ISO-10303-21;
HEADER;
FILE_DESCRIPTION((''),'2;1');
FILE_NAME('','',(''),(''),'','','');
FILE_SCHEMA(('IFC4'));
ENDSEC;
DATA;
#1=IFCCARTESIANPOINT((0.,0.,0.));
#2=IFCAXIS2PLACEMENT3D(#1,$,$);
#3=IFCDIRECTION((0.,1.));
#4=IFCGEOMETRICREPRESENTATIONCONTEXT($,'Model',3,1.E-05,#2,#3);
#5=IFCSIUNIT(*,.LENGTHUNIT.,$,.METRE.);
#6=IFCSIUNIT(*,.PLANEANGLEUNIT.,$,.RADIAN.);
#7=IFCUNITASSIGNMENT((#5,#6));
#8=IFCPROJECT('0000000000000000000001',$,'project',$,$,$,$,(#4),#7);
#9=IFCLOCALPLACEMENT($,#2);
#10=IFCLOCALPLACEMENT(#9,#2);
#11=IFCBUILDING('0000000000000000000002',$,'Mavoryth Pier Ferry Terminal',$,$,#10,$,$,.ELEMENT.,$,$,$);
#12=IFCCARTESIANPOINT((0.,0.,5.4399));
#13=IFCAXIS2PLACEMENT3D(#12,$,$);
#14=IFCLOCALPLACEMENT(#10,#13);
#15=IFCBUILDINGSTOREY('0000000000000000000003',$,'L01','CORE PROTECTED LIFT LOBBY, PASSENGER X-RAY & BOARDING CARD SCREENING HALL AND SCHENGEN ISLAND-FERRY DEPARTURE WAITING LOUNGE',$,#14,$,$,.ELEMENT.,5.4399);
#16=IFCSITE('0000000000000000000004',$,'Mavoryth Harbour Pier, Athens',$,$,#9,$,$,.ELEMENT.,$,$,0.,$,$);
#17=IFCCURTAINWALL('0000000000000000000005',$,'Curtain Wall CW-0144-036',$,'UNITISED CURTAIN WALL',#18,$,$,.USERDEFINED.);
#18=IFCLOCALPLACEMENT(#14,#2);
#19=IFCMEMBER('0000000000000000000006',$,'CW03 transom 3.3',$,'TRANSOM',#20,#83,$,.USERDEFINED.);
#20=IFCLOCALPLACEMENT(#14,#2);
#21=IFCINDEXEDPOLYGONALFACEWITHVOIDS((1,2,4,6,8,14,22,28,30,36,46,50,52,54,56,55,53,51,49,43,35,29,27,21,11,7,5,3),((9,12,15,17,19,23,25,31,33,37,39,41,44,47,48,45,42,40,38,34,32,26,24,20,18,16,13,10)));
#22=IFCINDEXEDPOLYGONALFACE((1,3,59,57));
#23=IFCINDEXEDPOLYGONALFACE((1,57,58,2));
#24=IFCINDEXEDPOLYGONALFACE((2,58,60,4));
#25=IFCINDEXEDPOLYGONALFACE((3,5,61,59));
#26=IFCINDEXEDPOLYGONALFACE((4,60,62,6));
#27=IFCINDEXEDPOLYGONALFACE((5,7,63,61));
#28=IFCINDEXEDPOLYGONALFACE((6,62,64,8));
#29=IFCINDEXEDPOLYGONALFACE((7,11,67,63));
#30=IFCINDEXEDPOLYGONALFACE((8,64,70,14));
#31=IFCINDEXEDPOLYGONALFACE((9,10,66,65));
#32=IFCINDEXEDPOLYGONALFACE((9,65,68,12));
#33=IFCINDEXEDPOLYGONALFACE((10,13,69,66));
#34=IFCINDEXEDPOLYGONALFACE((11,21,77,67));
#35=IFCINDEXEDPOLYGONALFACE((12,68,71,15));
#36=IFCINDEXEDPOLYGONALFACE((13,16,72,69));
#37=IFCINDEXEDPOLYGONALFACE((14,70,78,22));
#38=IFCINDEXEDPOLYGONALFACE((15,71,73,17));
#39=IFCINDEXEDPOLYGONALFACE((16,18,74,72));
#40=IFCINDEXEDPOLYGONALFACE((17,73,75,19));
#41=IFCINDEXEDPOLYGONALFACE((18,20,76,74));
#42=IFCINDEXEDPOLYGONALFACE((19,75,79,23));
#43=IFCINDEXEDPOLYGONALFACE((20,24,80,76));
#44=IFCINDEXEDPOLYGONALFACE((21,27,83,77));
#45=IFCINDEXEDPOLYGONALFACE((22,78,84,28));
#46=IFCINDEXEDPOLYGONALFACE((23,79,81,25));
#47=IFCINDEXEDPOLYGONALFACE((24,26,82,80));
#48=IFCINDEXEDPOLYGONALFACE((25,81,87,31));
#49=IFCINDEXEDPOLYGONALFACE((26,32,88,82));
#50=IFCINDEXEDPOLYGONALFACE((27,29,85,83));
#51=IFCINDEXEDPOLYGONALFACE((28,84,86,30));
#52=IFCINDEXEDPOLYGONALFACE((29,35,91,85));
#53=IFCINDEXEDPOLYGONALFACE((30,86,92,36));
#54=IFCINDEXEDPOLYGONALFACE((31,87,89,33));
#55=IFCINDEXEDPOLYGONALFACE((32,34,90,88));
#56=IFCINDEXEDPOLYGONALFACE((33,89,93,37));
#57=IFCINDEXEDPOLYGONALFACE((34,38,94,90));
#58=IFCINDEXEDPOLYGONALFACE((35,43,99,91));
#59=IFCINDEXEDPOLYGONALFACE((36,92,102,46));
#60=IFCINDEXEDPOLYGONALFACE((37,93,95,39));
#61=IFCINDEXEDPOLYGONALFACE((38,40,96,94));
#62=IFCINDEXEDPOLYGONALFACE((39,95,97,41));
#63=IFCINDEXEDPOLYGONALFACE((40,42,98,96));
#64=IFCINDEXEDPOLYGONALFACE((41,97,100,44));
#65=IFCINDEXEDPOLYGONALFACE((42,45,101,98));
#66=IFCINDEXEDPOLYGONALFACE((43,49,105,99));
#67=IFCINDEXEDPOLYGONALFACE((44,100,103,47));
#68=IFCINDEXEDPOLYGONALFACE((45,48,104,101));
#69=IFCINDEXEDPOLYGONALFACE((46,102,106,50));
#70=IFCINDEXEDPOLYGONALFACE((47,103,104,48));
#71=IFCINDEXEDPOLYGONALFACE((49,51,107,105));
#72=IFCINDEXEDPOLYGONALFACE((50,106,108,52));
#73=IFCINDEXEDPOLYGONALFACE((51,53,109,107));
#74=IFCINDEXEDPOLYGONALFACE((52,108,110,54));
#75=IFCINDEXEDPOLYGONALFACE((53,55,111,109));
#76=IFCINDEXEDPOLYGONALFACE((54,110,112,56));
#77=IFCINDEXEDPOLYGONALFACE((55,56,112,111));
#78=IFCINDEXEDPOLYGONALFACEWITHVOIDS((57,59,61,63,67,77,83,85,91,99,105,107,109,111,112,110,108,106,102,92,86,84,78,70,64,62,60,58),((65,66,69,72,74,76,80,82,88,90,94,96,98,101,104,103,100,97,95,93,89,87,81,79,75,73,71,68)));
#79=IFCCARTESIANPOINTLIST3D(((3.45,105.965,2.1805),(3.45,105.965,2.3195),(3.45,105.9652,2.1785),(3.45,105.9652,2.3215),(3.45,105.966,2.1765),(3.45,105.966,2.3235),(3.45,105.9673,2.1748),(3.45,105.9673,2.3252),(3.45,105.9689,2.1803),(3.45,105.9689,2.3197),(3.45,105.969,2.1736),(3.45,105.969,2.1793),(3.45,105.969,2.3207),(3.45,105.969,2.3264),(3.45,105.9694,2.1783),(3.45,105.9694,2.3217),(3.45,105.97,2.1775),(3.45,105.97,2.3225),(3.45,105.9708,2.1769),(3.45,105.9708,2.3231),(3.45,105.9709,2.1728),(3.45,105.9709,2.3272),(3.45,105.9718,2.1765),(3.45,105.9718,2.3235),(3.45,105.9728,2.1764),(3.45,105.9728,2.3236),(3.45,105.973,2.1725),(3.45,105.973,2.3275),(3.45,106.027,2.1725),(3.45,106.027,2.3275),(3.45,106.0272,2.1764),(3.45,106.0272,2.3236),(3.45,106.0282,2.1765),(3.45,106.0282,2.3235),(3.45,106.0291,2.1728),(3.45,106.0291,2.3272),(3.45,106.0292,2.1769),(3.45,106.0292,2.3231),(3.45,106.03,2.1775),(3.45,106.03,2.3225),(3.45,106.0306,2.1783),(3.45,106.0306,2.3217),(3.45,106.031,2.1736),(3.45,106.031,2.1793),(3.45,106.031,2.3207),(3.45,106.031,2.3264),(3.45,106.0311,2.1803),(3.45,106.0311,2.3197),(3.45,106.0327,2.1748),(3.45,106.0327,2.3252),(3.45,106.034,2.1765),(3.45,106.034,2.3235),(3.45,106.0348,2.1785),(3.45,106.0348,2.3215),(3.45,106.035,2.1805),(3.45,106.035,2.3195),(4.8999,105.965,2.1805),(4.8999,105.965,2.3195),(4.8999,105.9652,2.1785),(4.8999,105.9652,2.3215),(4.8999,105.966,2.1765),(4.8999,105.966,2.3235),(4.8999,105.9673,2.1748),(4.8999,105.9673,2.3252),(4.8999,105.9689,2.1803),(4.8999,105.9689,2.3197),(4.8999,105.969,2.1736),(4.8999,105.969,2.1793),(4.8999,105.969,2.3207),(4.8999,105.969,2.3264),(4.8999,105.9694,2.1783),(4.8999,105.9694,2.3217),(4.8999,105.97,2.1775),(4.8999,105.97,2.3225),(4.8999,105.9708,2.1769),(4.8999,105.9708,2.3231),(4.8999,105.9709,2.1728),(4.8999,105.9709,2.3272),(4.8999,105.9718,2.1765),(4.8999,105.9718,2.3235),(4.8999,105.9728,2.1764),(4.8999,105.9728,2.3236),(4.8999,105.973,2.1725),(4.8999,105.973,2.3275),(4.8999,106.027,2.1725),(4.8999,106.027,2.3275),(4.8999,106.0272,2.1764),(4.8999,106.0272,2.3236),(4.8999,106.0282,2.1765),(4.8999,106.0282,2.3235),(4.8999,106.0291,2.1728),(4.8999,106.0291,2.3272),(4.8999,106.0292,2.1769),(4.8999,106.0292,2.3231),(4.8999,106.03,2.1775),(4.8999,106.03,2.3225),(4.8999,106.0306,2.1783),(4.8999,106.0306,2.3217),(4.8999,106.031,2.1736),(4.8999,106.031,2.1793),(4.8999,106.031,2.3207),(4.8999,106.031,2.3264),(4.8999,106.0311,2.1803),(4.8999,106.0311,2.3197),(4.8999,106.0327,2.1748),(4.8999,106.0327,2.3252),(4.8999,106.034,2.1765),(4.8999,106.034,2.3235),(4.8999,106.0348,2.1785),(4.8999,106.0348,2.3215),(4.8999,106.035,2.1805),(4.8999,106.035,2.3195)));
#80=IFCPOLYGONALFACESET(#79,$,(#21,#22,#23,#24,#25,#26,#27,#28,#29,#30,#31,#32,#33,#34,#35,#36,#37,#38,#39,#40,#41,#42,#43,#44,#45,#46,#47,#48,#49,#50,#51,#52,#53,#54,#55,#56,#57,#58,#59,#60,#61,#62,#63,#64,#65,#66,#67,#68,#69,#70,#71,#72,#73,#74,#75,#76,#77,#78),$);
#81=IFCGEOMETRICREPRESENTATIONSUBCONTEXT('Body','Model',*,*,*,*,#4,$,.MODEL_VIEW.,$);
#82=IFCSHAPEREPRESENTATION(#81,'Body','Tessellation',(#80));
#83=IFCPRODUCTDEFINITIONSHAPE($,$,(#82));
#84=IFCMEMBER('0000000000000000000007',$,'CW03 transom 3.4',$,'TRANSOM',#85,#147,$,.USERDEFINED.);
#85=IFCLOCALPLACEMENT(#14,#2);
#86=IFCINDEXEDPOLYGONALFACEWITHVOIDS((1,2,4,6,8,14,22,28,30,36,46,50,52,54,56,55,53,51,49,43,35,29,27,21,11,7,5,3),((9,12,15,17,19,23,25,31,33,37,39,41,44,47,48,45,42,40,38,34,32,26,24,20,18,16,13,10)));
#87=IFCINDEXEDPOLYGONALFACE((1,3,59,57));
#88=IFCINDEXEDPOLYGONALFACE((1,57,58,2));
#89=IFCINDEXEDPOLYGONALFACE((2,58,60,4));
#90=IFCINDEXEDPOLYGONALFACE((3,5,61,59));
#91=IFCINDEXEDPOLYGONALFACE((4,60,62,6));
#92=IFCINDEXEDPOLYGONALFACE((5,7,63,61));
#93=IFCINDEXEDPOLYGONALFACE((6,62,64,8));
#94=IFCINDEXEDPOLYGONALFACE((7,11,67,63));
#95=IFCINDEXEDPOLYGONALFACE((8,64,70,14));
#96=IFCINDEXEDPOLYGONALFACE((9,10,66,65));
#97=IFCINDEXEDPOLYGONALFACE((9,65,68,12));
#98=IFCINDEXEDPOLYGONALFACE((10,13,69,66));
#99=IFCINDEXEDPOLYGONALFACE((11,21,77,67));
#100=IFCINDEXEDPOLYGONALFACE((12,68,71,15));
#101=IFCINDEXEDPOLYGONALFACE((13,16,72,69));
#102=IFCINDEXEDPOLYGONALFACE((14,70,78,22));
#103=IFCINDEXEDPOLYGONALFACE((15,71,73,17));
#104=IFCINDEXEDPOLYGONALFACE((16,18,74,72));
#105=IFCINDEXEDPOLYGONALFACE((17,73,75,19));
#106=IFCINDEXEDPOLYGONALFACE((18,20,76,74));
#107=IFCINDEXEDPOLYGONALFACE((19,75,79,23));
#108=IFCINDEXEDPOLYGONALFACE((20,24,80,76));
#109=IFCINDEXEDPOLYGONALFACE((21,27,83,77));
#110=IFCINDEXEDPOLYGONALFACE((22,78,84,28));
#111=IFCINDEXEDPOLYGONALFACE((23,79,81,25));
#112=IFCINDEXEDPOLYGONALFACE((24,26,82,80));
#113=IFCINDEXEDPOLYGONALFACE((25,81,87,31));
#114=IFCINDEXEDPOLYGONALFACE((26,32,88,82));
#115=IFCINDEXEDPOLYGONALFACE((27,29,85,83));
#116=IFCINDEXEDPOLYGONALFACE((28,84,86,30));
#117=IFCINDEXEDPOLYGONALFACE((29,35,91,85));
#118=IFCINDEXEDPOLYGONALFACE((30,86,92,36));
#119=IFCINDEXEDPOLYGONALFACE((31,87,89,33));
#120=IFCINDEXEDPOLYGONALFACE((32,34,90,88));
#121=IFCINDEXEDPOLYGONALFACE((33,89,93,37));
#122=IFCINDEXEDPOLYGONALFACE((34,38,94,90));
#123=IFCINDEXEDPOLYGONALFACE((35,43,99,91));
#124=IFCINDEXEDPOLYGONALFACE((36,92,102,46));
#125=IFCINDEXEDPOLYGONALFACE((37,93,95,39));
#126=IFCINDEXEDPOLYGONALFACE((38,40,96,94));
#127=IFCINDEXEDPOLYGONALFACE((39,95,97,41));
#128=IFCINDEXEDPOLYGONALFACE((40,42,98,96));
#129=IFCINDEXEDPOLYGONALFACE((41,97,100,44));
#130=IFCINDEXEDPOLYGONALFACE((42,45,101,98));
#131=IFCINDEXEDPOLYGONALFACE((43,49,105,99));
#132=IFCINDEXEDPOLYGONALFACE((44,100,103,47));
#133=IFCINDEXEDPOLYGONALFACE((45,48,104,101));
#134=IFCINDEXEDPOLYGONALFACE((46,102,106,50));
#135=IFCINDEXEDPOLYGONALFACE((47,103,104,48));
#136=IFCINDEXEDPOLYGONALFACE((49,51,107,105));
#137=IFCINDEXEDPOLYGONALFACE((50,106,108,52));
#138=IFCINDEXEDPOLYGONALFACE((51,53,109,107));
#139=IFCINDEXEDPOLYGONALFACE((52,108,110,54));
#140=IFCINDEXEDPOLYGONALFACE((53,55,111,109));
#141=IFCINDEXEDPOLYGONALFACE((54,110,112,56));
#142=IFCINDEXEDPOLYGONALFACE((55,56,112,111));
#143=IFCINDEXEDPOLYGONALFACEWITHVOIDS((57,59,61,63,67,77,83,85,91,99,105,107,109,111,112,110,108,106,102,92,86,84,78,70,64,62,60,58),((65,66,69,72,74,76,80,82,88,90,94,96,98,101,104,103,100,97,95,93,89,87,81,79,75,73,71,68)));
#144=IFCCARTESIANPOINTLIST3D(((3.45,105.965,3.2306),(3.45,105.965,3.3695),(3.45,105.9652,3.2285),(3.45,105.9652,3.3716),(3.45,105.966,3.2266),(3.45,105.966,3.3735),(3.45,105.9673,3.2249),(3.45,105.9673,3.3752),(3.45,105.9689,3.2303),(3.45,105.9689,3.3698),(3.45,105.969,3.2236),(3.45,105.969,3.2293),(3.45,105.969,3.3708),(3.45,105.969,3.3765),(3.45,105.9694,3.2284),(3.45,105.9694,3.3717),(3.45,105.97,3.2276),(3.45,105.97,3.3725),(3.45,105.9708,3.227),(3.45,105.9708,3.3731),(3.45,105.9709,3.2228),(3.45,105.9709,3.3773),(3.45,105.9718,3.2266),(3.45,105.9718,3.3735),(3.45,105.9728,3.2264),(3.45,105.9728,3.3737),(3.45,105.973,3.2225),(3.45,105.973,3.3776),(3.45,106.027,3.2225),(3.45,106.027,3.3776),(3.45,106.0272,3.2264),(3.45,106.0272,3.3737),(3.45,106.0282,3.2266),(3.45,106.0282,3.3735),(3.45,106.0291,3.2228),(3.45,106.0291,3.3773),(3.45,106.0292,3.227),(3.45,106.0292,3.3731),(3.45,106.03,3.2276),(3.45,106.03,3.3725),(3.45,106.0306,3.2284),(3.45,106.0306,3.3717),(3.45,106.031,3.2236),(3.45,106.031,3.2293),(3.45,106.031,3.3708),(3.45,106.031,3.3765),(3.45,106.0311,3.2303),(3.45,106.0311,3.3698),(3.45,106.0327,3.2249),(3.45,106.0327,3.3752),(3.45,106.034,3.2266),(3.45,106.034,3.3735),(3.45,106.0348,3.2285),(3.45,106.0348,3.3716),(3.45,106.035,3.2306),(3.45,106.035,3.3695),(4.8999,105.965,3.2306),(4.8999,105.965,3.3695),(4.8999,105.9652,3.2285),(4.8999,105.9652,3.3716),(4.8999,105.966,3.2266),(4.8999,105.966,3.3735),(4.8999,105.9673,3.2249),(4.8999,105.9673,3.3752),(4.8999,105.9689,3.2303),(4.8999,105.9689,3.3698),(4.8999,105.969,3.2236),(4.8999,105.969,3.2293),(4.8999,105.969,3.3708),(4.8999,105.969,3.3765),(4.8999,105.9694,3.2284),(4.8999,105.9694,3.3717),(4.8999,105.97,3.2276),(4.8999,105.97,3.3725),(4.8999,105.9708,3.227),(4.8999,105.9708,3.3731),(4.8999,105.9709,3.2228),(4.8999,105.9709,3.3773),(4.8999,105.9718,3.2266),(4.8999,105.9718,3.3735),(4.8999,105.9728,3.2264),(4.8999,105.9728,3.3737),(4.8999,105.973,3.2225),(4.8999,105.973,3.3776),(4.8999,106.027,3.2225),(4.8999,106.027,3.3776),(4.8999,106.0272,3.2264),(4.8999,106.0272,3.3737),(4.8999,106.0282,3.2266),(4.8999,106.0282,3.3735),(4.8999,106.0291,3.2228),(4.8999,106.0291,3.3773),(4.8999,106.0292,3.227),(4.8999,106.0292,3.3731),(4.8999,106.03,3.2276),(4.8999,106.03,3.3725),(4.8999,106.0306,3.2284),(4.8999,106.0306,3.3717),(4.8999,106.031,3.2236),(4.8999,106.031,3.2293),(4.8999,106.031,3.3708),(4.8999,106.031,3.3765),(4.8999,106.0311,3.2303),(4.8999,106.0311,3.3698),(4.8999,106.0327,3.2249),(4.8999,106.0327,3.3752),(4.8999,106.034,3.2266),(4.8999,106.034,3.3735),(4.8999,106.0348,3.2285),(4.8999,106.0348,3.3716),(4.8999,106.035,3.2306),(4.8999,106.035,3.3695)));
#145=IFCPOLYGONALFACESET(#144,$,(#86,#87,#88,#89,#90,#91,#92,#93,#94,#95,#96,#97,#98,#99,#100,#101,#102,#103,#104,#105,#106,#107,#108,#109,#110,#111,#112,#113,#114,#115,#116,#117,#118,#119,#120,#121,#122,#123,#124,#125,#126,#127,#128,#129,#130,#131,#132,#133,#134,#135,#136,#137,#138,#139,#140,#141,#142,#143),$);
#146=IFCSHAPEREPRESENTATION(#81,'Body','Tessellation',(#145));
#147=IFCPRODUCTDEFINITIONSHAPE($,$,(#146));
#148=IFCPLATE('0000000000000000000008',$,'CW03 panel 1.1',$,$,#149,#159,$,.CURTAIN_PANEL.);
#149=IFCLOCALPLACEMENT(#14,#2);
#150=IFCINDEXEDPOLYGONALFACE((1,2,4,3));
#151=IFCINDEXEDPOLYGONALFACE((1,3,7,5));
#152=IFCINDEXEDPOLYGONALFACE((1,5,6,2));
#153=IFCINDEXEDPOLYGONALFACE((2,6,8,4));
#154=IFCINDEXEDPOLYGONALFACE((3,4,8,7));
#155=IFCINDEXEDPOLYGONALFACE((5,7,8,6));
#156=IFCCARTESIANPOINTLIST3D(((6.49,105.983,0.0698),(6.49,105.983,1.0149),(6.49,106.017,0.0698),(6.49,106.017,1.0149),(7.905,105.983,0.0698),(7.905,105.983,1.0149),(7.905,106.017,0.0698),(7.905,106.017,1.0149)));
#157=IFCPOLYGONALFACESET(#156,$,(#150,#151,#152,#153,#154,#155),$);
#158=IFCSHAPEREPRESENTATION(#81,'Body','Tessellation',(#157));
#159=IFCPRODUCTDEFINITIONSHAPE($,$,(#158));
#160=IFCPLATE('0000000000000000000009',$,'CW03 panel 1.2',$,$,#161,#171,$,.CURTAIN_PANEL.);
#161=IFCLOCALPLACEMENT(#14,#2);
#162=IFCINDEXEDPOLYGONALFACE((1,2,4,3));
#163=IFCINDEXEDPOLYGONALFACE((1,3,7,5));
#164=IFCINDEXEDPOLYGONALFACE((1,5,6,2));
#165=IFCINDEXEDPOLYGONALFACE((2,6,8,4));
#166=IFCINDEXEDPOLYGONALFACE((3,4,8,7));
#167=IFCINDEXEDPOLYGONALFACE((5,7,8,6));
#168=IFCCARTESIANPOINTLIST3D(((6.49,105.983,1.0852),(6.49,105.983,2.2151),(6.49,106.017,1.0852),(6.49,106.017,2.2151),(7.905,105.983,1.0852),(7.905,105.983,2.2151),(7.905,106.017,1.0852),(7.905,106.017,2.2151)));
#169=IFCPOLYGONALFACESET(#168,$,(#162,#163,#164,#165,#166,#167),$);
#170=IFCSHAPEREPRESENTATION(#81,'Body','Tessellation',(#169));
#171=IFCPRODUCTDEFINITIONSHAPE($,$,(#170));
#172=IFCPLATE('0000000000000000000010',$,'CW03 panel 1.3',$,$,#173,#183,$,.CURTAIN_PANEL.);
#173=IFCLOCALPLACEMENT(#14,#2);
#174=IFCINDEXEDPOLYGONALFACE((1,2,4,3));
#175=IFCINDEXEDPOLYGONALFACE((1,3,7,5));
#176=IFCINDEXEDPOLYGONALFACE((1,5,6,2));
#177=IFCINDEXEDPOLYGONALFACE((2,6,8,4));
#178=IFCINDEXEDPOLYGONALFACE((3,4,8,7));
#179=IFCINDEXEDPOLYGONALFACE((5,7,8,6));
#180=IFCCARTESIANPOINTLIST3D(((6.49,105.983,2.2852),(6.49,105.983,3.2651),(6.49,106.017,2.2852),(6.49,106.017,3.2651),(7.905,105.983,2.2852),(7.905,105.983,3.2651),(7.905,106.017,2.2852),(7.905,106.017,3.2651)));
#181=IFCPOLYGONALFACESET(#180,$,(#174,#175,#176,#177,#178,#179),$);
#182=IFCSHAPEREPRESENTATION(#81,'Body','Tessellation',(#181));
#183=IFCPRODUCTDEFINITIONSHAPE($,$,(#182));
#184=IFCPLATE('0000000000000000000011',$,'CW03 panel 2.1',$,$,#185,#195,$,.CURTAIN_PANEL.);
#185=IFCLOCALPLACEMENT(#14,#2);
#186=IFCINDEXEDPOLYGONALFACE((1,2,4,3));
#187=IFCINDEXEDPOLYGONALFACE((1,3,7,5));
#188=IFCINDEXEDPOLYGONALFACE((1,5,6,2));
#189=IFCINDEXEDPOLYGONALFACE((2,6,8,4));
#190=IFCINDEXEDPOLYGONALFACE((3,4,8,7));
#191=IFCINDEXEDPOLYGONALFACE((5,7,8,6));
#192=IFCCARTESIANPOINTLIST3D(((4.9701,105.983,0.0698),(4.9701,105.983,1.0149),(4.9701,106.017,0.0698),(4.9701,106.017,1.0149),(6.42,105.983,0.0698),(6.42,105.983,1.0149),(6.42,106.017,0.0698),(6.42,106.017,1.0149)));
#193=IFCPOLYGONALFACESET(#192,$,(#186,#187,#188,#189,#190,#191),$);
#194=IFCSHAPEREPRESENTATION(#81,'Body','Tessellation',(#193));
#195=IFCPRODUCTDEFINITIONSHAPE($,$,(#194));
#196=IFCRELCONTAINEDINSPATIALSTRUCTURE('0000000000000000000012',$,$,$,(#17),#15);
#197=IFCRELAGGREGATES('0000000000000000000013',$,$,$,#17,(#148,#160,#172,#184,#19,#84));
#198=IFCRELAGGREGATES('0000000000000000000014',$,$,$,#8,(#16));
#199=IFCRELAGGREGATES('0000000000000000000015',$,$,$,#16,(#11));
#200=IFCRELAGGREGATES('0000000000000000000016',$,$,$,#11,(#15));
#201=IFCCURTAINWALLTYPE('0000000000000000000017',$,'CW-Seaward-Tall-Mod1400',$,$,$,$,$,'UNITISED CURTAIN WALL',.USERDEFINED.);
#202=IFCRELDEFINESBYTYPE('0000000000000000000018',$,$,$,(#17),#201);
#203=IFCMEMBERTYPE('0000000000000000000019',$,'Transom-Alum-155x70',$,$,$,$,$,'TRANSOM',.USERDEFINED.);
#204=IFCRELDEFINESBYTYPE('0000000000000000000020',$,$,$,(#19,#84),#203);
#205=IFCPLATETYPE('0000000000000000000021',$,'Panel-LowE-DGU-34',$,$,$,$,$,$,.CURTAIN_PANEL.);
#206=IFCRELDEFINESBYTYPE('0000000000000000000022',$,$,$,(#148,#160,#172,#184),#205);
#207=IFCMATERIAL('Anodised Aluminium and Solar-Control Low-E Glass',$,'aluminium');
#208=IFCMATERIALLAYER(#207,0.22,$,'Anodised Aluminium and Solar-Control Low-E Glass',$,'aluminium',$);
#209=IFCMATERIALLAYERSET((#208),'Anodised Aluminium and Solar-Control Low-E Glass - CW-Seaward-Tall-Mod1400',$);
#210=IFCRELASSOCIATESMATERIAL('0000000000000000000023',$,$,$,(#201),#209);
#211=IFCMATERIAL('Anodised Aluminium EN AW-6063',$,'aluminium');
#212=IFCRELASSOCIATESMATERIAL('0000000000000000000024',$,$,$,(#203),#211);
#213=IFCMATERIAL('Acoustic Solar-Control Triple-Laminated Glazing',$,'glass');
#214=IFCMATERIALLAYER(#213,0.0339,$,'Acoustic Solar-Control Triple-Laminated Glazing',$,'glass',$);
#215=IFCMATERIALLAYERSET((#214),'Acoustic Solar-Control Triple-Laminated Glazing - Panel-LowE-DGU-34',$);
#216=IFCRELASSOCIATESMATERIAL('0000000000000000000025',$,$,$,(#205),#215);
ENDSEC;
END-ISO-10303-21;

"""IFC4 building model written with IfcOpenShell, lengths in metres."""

from ifc_helpers import new_model, si_unit, direction, frame, origin, origin_2d, place, context, subcontext, project, spatial, rectangle, hollow_rectangle, extrude, material, layer, layer_set, material_profile, profile_set, type_object, element, aggregate, save


model = new_model("IFC4")

# Units and contexts
model_context = context("Model", 3, precision=1e-05, world=origin(), true_north=direction((0.0, 1.0)))
body_context = subcontext(model_context, "Body", "Model", "MODEL_VIEW")
ifc_project = project(units=[si_unit("LENGTHUNIT", "METRE"), si_unit("PLANEANGLEUNIT", "RADIAN")], contexts=[model_context])

# Site, building, storey
site_placement = place(None, origin())
site = spatial("IfcSite", under=ifc_project, at=site_placement, Name="Mavoryth Harbour Pier, Athens", CompositionType="ELEMENT", RefElevation=0.0)
building_placement = place(site_placement, origin())
building = spatial("IfcBuilding", under=site, at=building_placement, Name="Mavoryth Pier Ferry Terminal", CompositionType="ELEMENT")
storey_placement = place(building_placement, frame((0.0, 0.0, 5.4399)))
storey = spatial("IfcBuildingStorey", under=building, at=storey_placement, Name="L01", Description="CORE PROTECTED LIFT LOBBY, PASSENGER X-RAY & BOARDING CARD SCREENING HALL AND SCHENGEN ISLAND-FERRY DEPARTURE WAITING LOUNGE", CompositionType="ELEMENT", Elevation=5.4399)

# Curtain wall
ifc_material_1 = material(Name="Anodised Aluminium and Solar-Control Low-E Glass", Category="aluminium")
ifc_layer_1 = layer(ifc_material_1, 0.22, Name="Anodised Aluminium and Solar-Control Low-E Glass", Category="aluminium")
ifc_layer_set_1 = layer_set([ifc_layer_1], Name="Anodised Aluminium and Solar-Control Low-E Glass - CW-Seaward-Tall-Mod1400")
curtain_wall_type = type_object("IfcCurtainWallType", Name="CW-Seaward-Tall-Mod1400", ElementType="UNITISED CURTAIN WALL", PredefinedType="USERDEFINED", material=ifc_layer_set_1)
curtain_wall_1_placement = place(storey_placement, origin())
curtain_wall_1 = element("IfcCurtainWall", 1, at=curtain_wall_1_placement, inside=storey, type_object=curtain_wall_type, Name="Curtain Wall CW-0144-036", ObjectType="UNITISED CURTAIN WALL", PredefinedType="USERDEFINED")
ifc_material_2 = material(Name="Anodised Aluminium EN AW-6063", Category="aluminium")

# Members
ifc_material_profile_1 = material_profile(ifc_material_2, hollow_rectangle(XDim=0.0701, YDim=0.155, WallThickness=0.0039, InnerFilletRadius=0.0039, OuterFilletRadius=0.0081, at=origin_2d()), Name="AL-TRAN 155x70x4", Category="aluminium")
ifc_profile_set_1 = profile_set([ifc_material_profile_1], Name="Anodised Aluminium EN AW-6063 - AL-TRAN 155x70x4")
member_type_1 = type_object("IfcMemberType", Name="Transom-Alum-155x70", ElementType="TRANSOM", PredefinedType="USERDEFINED", material=ifc_profile_set_1)
member_1_placement = place(storey_placement, frame((4.8999, 106.0, 2.25), z_axis=(-1.0, 0.0, 0.0), x_axis=(0.0, -1.0, 0.0)))
member_1 = element("IfcMember", 2, at=member_1_placement, type_object=member_type_1, Name="CW03 transom 3.3", ObjectType="TRANSOM", PredefinedType="USERDEFINED", context=body_context, shape_type="SweptSolid", body=[
    extrude(hollow_rectangle(XDim=0.0701, YDim=0.155, WallThickness=0.0039, InnerFilletRadius=0.0039, OuterFilletRadius=0.0081, at=origin_2d()), origin(), (0.0, 0.0, 1.0), 1.45),
])
member_2_placement = place(storey_placement, frame((4.8999, 106.0, 3.3), z_axis=(-1.0, 0.0, 0.0), x_axis=(0.0, -1.0, 0.0)))
member_2 = element("IfcMember", 3, at=member_2_placement, type_object=member_type_1, Name="CW03 transom 3.4", ObjectType="TRANSOM", PredefinedType="USERDEFINED", context=body_context, shape_type="SweptSolid", body=[
    extrude(hollow_rectangle(XDim=0.0701, YDim=0.155, WallThickness=0.0039, InnerFilletRadius=0.0039, OuterFilletRadius=0.0081, at=origin_2d()), origin(), (0.0, 0.0, 1.0), 1.45),
])

# Plates
ifc_material_3 = material(Name="Acoustic Solar-Control Triple-Laminated Glazing", Category="glass")
ifc_layer_2 = layer(ifc_material_3, 0.0339, Name="Acoustic Solar-Control Triple-Laminated Glazing", Category="glass")
ifc_layer_set_2 = layer_set([ifc_layer_2], Name="Acoustic Solar-Control Triple-Laminated Glazing - Panel-LowE-DGU-34")
plate_type = type_object("IfcPlateType", Name="Panel-LowE-DGU-34", PredefinedType="CURTAIN_PANEL", material=ifc_layer_set_2)
plate_1_placement = place(storey_placement, frame((7.1975, 106.0, 0.0698), z_axis=(0.0, 0.0, 1.0), x_axis=(-1.0, 0.0, 0.0)))
plate_1 = element("IfcPlate", 4, at=plate_1_placement, type_object=plate_type, Name="CW03 panel 1.1", PredefinedType="CURTAIN_PANEL", context=body_context, shape_type="SweptSolid", body=[
    extrude(rectangle(XDim=1.415, YDim=0.0339, at=origin_2d()), origin(), (0.0, 0.0, 1.0), 0.9451),
])
plate_2_placement = place(storey_placement, frame((7.1975, 106.0, 1.0852), z_axis=(0.0, 0.0, 1.0), x_axis=(-1.0, 0.0, 0.0)))
plate_2 = element("IfcPlate", 5, at=plate_2_placement, type_object=plate_type, Name="CW03 panel 1.2", PredefinedType="CURTAIN_PANEL", context=body_context, shape_type="SweptSolid", body=[
    extrude(rectangle(XDim=1.415, YDim=0.0339, at=origin_2d()), origin(), (0.0, 0.0, 1.0), 1.1299),
])
plate_3_placement = place(storey_placement, frame((7.1975, 106.0, 2.2852), z_axis=(0.0, 0.0, 1.0), x_axis=(-1.0, 0.0, 0.0)))
plate_3 = element("IfcPlate", 6, at=plate_3_placement, type_object=plate_type, Name="CW03 panel 1.3", PredefinedType="CURTAIN_PANEL", context=body_context, shape_type="SweptSolid", body=[
    extrude(rectangle(XDim=1.415, YDim=0.0339, at=origin_2d()), origin(), (0.0, 0.0, 1.0), 0.98),
])
plate_4_placement = place(storey_placement, frame((5.6951, 106.0, 0.0698), z_axis=(0.0, 0.0, 1.0), x_axis=(-1.0, 0.0, 0.0)))
plate_4 = element("IfcPlate", 7, at=plate_4_placement, type_object=plate_type, Name="CW03 panel 2.1", PredefinedType="CURTAIN_PANEL", context=body_context, shape_type="SweptSolid", body=[
    extrude(rectangle(XDim=1.45, YDim=0.0339, at=origin_2d()), origin(), (0.0, 0.0, 1.0), 0.9451),
])
aggregate(curtain_wall_1, [plate_1, plate_2, plate_3, plate_4, member_1, member_2])

save(model, "model.ifc")
